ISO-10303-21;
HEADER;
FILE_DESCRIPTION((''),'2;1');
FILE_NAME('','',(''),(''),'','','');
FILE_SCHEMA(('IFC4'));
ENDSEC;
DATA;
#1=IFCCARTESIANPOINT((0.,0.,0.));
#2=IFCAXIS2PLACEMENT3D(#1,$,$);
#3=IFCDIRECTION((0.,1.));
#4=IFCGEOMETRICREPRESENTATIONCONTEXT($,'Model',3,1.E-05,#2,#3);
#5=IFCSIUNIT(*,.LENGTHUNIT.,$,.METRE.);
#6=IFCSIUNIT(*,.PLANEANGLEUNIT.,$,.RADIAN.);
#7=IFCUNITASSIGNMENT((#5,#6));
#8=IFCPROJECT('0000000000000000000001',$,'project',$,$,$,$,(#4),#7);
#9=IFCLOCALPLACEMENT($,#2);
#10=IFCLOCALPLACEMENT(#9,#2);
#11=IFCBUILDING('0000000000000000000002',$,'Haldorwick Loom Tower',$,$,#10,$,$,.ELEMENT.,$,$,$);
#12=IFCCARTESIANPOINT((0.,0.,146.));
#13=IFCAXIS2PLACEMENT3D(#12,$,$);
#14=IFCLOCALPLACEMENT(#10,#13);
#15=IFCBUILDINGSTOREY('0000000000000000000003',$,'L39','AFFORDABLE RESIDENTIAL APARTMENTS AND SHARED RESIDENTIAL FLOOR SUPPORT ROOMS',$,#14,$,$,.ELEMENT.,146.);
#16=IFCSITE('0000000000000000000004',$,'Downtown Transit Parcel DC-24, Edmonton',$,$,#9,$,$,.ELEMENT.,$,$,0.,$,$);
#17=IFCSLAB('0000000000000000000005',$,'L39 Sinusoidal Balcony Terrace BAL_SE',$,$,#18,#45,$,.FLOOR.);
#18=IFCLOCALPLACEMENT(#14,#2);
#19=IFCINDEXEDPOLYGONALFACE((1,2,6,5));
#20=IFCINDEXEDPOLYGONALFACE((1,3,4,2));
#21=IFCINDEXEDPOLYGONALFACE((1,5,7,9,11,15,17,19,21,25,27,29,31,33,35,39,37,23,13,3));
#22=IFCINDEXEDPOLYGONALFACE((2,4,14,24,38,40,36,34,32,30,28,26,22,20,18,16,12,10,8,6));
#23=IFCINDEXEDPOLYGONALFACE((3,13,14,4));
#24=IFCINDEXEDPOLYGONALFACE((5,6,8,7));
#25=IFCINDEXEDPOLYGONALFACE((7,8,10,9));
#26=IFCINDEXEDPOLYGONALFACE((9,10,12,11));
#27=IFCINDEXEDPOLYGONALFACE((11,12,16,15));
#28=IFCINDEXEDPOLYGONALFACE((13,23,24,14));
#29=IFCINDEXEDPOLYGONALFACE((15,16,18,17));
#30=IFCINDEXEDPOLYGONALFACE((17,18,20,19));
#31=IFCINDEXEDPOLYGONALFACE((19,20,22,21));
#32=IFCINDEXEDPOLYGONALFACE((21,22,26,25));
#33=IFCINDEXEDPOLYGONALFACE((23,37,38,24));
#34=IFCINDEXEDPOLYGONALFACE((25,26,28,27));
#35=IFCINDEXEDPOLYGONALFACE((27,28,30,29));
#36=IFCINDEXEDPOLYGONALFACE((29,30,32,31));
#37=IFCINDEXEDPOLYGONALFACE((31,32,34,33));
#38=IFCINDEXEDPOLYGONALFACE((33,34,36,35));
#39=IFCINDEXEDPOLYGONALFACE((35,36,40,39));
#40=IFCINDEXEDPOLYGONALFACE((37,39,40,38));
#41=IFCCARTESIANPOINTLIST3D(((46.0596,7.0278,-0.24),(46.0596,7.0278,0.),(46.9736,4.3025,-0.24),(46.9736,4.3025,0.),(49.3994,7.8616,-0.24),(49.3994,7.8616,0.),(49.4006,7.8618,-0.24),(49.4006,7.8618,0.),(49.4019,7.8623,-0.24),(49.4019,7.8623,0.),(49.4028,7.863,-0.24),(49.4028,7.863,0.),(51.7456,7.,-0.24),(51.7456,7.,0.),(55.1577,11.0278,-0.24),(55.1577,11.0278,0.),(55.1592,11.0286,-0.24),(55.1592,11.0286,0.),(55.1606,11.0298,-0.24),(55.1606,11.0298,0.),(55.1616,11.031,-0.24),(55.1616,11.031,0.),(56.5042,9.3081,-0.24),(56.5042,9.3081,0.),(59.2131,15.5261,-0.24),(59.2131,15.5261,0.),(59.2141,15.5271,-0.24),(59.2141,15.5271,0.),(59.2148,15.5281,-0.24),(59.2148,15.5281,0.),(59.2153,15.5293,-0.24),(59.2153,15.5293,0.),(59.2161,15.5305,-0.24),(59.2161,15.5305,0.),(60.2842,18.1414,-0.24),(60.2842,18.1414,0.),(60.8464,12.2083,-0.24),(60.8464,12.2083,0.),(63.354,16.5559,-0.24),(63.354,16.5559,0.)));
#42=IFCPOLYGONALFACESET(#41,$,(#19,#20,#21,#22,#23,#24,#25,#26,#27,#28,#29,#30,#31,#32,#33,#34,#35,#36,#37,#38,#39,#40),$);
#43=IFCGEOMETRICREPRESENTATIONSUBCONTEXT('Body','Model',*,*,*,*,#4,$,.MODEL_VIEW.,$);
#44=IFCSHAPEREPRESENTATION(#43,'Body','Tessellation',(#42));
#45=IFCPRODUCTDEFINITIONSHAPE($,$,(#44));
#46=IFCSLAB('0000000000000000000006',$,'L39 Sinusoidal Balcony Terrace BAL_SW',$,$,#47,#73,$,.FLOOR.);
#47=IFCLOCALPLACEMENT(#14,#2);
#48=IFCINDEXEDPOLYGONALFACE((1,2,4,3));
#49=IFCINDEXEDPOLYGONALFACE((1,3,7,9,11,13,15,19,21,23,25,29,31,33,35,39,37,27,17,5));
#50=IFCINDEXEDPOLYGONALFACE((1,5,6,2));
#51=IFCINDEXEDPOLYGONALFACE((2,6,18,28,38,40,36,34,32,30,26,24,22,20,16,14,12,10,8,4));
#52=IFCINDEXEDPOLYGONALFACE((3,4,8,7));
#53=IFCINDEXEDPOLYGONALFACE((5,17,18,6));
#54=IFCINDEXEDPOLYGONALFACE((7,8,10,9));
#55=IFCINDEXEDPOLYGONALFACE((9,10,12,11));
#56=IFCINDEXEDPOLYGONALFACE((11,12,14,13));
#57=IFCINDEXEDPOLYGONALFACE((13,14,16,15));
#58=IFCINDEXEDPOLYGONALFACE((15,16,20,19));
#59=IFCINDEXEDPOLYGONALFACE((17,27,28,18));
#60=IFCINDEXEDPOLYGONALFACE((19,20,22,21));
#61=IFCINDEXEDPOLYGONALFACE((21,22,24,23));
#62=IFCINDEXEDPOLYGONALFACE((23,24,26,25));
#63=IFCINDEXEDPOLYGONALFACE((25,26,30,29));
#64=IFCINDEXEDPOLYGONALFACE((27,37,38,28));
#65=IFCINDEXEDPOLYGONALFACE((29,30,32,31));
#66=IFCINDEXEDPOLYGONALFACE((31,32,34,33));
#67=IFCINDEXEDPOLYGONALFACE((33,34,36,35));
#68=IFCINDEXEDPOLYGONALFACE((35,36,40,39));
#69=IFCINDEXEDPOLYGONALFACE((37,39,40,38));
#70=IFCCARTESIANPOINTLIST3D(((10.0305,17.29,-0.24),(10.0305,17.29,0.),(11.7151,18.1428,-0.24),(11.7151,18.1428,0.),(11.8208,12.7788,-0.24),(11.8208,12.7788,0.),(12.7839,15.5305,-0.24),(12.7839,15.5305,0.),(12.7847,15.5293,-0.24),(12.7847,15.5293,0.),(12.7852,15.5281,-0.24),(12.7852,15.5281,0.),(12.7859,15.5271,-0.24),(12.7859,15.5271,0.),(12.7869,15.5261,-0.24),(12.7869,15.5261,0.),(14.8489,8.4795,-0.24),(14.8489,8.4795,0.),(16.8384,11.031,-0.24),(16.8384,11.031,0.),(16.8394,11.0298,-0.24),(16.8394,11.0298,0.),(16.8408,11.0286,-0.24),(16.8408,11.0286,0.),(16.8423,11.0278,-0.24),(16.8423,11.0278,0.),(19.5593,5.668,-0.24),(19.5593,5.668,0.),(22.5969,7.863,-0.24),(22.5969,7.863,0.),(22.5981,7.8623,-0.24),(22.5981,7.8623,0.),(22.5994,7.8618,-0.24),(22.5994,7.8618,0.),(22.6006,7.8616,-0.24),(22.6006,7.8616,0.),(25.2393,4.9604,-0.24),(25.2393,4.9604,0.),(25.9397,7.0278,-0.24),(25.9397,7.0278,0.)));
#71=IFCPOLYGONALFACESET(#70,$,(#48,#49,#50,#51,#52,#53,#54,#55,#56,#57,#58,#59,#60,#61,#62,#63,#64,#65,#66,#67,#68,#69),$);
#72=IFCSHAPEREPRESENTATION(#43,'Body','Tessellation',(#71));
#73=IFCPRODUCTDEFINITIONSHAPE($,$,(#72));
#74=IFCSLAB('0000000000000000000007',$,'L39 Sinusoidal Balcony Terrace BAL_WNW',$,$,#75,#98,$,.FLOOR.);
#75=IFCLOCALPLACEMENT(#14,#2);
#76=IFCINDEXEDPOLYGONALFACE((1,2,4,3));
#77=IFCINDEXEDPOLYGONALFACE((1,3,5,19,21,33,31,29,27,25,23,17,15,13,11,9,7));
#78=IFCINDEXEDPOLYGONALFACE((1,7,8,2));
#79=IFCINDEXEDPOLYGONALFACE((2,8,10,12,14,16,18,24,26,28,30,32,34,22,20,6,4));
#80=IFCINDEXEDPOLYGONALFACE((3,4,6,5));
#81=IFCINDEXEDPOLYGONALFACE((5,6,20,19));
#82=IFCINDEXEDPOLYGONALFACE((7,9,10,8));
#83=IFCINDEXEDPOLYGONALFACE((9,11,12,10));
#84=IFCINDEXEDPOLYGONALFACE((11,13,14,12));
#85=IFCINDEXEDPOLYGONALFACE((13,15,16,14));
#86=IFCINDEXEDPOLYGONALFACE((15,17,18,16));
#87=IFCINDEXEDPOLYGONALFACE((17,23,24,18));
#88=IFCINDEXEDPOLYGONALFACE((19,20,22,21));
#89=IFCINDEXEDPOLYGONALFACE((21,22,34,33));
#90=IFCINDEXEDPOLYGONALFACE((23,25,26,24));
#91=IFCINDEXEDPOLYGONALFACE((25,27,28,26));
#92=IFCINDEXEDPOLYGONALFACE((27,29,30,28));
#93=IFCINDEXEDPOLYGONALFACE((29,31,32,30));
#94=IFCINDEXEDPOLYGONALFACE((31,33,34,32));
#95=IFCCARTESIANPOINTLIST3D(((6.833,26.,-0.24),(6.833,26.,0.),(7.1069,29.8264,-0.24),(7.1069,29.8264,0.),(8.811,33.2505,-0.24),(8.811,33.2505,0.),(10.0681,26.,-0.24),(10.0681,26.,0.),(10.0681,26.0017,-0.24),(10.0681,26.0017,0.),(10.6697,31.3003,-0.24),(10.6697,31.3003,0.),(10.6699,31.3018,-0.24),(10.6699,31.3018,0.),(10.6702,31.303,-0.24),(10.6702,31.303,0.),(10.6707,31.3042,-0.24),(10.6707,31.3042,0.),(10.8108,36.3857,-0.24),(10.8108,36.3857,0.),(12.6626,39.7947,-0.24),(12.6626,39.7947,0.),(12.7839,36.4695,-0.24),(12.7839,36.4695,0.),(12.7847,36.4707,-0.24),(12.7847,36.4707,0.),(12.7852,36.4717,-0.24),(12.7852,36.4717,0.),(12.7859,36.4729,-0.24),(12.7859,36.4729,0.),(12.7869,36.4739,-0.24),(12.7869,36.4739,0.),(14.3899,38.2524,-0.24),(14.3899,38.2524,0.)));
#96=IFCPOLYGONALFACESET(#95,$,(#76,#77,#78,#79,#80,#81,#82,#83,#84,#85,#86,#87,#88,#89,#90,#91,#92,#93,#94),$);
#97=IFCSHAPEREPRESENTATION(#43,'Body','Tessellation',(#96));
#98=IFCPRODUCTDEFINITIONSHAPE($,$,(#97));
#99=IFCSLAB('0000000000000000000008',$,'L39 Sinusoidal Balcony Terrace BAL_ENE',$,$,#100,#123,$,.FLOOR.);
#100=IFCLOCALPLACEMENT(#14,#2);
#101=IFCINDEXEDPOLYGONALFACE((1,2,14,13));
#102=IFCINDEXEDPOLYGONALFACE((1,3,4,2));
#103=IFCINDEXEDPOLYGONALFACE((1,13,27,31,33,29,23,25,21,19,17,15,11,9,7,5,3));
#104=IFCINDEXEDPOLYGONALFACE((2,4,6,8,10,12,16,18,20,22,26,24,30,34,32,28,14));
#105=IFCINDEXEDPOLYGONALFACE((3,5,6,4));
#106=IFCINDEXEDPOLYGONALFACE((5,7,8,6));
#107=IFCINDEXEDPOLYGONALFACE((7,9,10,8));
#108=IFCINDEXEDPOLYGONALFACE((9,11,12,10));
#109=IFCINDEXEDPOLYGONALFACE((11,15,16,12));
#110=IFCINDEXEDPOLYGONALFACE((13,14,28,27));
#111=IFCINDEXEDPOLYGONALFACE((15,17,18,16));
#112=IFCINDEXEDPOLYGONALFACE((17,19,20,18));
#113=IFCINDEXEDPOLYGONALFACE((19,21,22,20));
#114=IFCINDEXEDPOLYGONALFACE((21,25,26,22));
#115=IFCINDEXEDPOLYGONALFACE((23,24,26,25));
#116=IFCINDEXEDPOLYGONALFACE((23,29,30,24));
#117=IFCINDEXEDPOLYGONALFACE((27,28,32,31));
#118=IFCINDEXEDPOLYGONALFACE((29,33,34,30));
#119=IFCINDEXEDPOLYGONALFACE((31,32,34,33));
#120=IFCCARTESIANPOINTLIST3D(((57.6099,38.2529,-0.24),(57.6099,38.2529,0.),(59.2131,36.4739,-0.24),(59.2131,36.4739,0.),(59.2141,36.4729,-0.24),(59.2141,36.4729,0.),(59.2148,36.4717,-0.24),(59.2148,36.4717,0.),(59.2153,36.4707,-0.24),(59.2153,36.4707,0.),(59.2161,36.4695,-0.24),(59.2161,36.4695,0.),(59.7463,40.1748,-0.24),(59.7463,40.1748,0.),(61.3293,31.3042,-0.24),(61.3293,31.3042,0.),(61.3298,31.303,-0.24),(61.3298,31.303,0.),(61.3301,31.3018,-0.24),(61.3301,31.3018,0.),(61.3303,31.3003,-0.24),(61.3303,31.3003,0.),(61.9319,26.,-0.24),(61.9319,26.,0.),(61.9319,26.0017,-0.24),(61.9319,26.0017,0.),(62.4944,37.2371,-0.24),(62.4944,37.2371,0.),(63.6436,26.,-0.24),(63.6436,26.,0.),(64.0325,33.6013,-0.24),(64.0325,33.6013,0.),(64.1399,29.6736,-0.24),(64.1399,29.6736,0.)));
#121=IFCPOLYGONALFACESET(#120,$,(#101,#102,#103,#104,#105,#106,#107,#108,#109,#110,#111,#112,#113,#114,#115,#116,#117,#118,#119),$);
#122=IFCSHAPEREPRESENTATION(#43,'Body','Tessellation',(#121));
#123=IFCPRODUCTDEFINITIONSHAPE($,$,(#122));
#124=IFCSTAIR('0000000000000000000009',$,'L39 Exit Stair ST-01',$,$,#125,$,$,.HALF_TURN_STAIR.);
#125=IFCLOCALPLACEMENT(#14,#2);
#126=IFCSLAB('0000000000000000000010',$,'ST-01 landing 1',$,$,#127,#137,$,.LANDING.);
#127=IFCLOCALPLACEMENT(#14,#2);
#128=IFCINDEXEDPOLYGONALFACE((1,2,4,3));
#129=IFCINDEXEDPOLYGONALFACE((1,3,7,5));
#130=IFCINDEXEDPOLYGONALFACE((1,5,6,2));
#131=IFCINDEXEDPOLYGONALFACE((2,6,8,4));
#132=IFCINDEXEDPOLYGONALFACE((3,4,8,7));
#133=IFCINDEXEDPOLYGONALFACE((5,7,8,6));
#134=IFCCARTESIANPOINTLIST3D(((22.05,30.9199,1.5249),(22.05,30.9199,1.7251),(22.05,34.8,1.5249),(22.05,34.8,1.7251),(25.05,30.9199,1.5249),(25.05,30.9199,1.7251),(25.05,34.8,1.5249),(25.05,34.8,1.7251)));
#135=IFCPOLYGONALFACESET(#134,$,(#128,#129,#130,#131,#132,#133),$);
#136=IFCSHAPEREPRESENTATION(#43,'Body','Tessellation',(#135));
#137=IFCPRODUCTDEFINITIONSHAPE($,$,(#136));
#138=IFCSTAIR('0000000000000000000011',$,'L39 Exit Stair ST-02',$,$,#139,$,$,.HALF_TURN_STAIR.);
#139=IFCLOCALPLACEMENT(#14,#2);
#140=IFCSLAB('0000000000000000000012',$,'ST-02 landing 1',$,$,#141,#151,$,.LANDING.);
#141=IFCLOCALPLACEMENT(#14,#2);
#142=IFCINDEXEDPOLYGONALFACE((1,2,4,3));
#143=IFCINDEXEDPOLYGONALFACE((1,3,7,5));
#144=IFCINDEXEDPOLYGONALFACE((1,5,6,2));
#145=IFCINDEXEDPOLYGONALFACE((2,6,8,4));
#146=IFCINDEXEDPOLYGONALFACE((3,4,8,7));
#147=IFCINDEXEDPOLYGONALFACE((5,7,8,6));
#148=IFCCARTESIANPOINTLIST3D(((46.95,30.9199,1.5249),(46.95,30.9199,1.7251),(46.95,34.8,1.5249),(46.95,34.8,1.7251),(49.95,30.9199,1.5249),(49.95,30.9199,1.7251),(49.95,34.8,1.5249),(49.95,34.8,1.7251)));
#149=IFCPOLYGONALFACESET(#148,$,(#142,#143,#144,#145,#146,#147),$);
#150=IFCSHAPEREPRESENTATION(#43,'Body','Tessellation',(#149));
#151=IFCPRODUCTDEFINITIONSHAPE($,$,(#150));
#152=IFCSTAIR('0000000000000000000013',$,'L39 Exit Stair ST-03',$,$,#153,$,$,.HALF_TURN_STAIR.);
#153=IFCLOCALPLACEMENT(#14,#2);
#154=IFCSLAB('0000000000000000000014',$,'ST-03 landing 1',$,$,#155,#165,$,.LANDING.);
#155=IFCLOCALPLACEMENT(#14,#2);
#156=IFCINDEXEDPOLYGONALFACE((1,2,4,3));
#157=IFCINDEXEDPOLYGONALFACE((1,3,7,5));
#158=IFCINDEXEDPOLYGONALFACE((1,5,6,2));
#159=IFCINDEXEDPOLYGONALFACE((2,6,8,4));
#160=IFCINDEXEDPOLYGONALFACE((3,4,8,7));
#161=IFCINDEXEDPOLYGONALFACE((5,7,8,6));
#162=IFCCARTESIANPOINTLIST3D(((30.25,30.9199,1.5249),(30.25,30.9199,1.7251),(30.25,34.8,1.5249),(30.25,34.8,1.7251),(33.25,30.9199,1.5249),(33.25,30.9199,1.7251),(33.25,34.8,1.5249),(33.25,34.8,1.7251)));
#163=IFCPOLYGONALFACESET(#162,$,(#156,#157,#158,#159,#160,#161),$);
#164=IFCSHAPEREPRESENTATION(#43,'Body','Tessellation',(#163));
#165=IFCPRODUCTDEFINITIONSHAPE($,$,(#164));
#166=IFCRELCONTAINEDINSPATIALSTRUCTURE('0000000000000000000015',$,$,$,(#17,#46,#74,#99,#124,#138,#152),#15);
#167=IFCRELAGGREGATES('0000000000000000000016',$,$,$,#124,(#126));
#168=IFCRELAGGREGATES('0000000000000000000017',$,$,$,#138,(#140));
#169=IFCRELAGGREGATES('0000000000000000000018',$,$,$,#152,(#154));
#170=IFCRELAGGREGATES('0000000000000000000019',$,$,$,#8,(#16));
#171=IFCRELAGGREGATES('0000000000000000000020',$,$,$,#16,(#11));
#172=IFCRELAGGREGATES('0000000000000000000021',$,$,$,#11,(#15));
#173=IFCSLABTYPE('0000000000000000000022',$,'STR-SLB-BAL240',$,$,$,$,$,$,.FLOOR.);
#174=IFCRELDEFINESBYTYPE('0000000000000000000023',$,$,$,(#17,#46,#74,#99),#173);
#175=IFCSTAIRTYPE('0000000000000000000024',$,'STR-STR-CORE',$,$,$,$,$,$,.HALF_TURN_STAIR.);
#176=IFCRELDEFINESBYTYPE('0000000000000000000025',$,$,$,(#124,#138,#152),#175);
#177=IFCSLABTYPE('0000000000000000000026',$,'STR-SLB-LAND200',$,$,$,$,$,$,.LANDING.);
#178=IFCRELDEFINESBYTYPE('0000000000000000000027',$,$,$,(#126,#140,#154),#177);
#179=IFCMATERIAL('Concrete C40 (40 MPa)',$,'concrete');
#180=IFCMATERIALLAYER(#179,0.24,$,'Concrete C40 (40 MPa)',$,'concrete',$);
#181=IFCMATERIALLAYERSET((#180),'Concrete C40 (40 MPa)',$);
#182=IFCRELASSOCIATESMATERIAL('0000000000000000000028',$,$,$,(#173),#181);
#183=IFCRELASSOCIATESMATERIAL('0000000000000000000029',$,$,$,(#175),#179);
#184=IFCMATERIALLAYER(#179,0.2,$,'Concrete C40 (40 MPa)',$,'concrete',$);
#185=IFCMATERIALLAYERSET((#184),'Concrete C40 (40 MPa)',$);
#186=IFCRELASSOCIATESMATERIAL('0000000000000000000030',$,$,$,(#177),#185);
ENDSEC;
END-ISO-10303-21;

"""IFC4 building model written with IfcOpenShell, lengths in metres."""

from ifc_helpers import new_model, si_unit, direction, frame, origin, place, context, subcontext, project, spatial, polyline, outline, extrude, material, layer, layer_set, type_object, element, aggregate, save


model = new_model("IFC4")

# Units and contexts
model_context = context("Model", 3, precision=1e-05, world=origin(), true_north=direction((0.0, 1.0)))
body_context = subcontext(model_context, "Body", "Model", "MODEL_VIEW")
ifc_project = project(units=[si_unit("LENGTHUNIT", "METRE"), si_unit("PLANEANGLEUNIT", "RADIAN")], contexts=[model_context])

# Site, building, storey
site_placement = place(None, origin())
site = spatial("IfcSite", under=ifc_project, at=site_placement, Name="Downtown Transit Parcel DC-24, Edmonton", CompositionType="ELEMENT", RefElevation=0.0)
building_placement = place(site_placement, origin())
building = spatial("IfcBuilding", under=site, at=building_placement, Name="Haldorwick Loom Tower", CompositionType="ELEMENT")
storey_placement = place(building_placement, frame((0.0, 0.0, 146.0)))
storey = spatial("IfcBuildingStorey", under=building, at=storey_placement, Name="L39", Description="AFFORDABLE RESIDENTIAL APARTMENTS AND SHARED RESIDENTIAL FLOOR SUPPORT ROOMS", CompositionType="ELEMENT", Elevation=146.0)

# Slabs
ifc_material_1 = material(Name="Concrete C40 (40 MPa)", Category="concrete")
ifc_layer_1 = layer(ifc_material_1, 0.24, Name="Concrete C40 (40 MPa)", Category="concrete")
ifc_layer_set_1 = layer_set([ifc_layer_1], Name="Concrete C40 (40 MPa)")
slab_type_1 = type_object("IfcSlabType", Name="STR-SLB-BAL240", PredefinedType="FLOOR", material=ifc_layer_set_1)
slab_1_placement = place(storey_placement, frame((0.0, 0.0, -0.24)))
element("IfcSlab", 1, at=slab_1_placement, inside=storey, type_object=slab_type_1, Name="L39 Sinusoidal Balcony Terrace BAL_SE", PredefinedType="FLOOR", context=body_context, shape_type="SweptSolid", body=[
    extrude(outline(polyline([(60.2842, 18.1414), (59.2161, 15.5305), (59.2153, 15.5293), (59.2148, 15.5281), (59.2141, 15.5271), (59.2131, 15.5261), (55.1616, 11.031), (55.1606, 11.0298), (55.1592, 11.0286), (55.1577, 11.0278), (49.4028, 7.863), (49.4019, 7.8623), (49.4006, 7.8618), (49.3994, 7.8616), (46.0596, 7.0278), (46.9736, 4.3025), (51.7456, 7.0), (56.5042, 9.3081), (60.8464, 12.2083), (63.354, 16.5559), (60.2842, 18.1414)])), origin(), (0.0, 0.0, 1.0), 0.24),
])
slab_2_placement = place(storey_placement, frame((0.0, 0.0, -0.24)))
element("IfcSlab", 2, at=slab_2_placement, inside=storey, type_object=slab_type_1, Name="L39 Sinusoidal Balcony Terrace BAL_SW", PredefinedType="FLOOR", context=body_context, shape_type="SweptSolid", body=[
    extrude(outline(polyline([(25.9397, 7.0278), (22.6006, 7.8616), (22.5994, 7.8618), (22.5981, 7.8623), (22.5969, 7.863), (16.8423, 11.0278), (16.8408, 11.0286), (16.8394, 11.0298), (16.8384, 11.031), (12.7869, 15.5261), (12.7859, 15.5271), (12.7852, 15.5281), (12.7847, 15.5293), (12.7839, 15.5305), (11.7151, 18.1428), (10.0305, 17.29), (11.8208, 12.7788), (14.8489, 8.4795), (19.5593, 5.668), (25.2393, 4.9604), (25.9397, 7.0278)])), origin(), (0.0, 0.0, 1.0), 0.24),
])
slab_3_placement = place(storey_placement, frame((0.0, 0.0, -0.24)))
element("IfcSlab", 3, at=slab_3_placement, inside=storey, type_object=slab_type_1, Name="L39 Sinusoidal Balcony Terrace BAL_WNW", PredefinedType="FLOOR", context=body_context, shape_type="SweptSolid", body=[
    extrude(outline(polyline([(10.0681, 26.0), (10.0681, 26.0017), (10.6697, 31.3003), (10.6699, 31.3018), (10.6702, 31.303), (10.6707, 31.3042), (12.7839, 36.4695), (12.7847, 36.4707), (12.7852, 36.4717), (12.7859, 36.4729), (12.7869, 36.4739), (14.3899, 38.2524), (12.6626, 39.7947), (10.8108, 36.3857), (8.811, 33.2505), (7.1069, 29.8264), (6.833, 26.0), (10.0681, 26.0)])), origin(), (0.0, 0.0, 1.0), 0.24),
])
slab_4_placement = place(storey_placement, frame((0.0, 0.0, -0.24)))
element("IfcSlab", 4, at=slab_4_placement, inside=storey, type_object=slab_type_1, Name="L39 Sinusoidal Balcony Terrace BAL_ENE", PredefinedType="FLOOR", context=body_context, shape_type="SweptSolid", body=[
    extrude(outline(polyline([(57.6099, 38.2529), (59.2131, 36.4739), (59.2141, 36.4729), (59.2148, 36.4717), (59.2153, 36.4707), (59.2161, 36.4695), (61.3293, 31.3042), (61.3298, 31.303), (61.3301, 31.3018), (61.3303, 31.3003), (61.9319, 26.0017), (61.9319, 26.0), (63.6436, 26.0), (64.1399, 29.6736), (64.0325, 33.6013), (62.4944, 37.2371), (59.7463, 40.1748), (57.6099, 38.2529)])), origin(), (0.0, 0.0, 1.0), 0.24),
])

# Stairs, slabs
stair_type = type_object("IfcStairType", Name="STR-STR-CORE", PredefinedType="HALF_TURN_STAIR", material=ifc_material_1)
stair_1_placement = place(storey_placement, origin())
stair_1 = element("IfcStair", 5, at=stair_1_placement, inside=storey, type_object=stair_type, Name="L39 Exit Stair ST-01", PredefinedType="HALF_TURN_STAIR")
ifc_layer_2 = layer(ifc_material_1, 0.2, Name="Concrete C40 (40 MPa)", Category="concrete")
ifc_layer_set_2 = layer_set([ifc_layer_2], Name="Concrete C40 (40 MPa)")
slab_type_2 = type_object("IfcSlabType", Name="STR-SLB-LAND200", PredefinedType="LANDING", material=ifc_layer_set_2)
slab_5_placement = place(storey_placement, frame((0.0, 0.0, 1.5249)))
slab_5 = element("IfcSlab", 6, at=slab_5_placement, type_object=slab_type_2, Name="ST-01 landing 1", PredefinedType="LANDING", context=body_context, shape_type="SweptSolid", body=[
    extrude(outline(polyline([(25.05, 30.9199), (25.05, 34.8), (22.05, 34.8), (22.05, 30.9199), (25.05, 30.9199)])), origin(), (0.0, 0.0, 1.0), 0.2002),
])
aggregate(stair_1, [slab_5])
stair_2_placement = place(storey_placement, origin())
stair_2 = element("IfcStair", 7, at=stair_2_placement, inside=storey, type_object=stair_type, Name="L39 Exit Stair ST-02", PredefinedType="HALF_TURN_STAIR")
slab_6_placement = place(storey_placement, frame((0.0, 0.0, 1.5249)))
slab_6 = element("IfcSlab", 8, at=slab_6_placement, type_object=slab_type_2, Name="ST-02 landing 1", PredefinedType="LANDING", context=body_context, shape_type="SweptSolid", body=[
    extrude(outline(polyline([(49.95, 30.9199), (49.95, 34.8), (46.95, 34.8), (46.95, 30.9199), (49.95, 30.9199)])), origin(), (0.0, 0.0, 1.0), 0.2002),
])
aggregate(stair_2, [slab_6])
stair_3_placement = place(storey_placement, origin())
stair_3 = element("IfcStair", 9, at=stair_3_placement, inside=storey, type_object=stair_type, Name="L39 Exit Stair ST-03", PredefinedType="HALF_TURN_STAIR")
slab_7_placement = place(storey_placement, frame((0.0, 0.0, 1.5249)))
slab_7 = element("IfcSlab", 10, at=slab_7_placement, type_object=slab_type_2, Name="ST-03 landing 1", PredefinedType="LANDING", context=body_context, shape_type="SweptSolid", body=[
    extrude(outline(polyline([(33.25, 30.9199), (33.25, 34.8), (30.25, 34.8), (30.25, 30.9199), (33.25, 30.9199)])), origin(), (0.0, 0.0, 1.0), 0.2002),
])
aggregate(stair_3, [slab_7])

save(model, "model.ifc")
